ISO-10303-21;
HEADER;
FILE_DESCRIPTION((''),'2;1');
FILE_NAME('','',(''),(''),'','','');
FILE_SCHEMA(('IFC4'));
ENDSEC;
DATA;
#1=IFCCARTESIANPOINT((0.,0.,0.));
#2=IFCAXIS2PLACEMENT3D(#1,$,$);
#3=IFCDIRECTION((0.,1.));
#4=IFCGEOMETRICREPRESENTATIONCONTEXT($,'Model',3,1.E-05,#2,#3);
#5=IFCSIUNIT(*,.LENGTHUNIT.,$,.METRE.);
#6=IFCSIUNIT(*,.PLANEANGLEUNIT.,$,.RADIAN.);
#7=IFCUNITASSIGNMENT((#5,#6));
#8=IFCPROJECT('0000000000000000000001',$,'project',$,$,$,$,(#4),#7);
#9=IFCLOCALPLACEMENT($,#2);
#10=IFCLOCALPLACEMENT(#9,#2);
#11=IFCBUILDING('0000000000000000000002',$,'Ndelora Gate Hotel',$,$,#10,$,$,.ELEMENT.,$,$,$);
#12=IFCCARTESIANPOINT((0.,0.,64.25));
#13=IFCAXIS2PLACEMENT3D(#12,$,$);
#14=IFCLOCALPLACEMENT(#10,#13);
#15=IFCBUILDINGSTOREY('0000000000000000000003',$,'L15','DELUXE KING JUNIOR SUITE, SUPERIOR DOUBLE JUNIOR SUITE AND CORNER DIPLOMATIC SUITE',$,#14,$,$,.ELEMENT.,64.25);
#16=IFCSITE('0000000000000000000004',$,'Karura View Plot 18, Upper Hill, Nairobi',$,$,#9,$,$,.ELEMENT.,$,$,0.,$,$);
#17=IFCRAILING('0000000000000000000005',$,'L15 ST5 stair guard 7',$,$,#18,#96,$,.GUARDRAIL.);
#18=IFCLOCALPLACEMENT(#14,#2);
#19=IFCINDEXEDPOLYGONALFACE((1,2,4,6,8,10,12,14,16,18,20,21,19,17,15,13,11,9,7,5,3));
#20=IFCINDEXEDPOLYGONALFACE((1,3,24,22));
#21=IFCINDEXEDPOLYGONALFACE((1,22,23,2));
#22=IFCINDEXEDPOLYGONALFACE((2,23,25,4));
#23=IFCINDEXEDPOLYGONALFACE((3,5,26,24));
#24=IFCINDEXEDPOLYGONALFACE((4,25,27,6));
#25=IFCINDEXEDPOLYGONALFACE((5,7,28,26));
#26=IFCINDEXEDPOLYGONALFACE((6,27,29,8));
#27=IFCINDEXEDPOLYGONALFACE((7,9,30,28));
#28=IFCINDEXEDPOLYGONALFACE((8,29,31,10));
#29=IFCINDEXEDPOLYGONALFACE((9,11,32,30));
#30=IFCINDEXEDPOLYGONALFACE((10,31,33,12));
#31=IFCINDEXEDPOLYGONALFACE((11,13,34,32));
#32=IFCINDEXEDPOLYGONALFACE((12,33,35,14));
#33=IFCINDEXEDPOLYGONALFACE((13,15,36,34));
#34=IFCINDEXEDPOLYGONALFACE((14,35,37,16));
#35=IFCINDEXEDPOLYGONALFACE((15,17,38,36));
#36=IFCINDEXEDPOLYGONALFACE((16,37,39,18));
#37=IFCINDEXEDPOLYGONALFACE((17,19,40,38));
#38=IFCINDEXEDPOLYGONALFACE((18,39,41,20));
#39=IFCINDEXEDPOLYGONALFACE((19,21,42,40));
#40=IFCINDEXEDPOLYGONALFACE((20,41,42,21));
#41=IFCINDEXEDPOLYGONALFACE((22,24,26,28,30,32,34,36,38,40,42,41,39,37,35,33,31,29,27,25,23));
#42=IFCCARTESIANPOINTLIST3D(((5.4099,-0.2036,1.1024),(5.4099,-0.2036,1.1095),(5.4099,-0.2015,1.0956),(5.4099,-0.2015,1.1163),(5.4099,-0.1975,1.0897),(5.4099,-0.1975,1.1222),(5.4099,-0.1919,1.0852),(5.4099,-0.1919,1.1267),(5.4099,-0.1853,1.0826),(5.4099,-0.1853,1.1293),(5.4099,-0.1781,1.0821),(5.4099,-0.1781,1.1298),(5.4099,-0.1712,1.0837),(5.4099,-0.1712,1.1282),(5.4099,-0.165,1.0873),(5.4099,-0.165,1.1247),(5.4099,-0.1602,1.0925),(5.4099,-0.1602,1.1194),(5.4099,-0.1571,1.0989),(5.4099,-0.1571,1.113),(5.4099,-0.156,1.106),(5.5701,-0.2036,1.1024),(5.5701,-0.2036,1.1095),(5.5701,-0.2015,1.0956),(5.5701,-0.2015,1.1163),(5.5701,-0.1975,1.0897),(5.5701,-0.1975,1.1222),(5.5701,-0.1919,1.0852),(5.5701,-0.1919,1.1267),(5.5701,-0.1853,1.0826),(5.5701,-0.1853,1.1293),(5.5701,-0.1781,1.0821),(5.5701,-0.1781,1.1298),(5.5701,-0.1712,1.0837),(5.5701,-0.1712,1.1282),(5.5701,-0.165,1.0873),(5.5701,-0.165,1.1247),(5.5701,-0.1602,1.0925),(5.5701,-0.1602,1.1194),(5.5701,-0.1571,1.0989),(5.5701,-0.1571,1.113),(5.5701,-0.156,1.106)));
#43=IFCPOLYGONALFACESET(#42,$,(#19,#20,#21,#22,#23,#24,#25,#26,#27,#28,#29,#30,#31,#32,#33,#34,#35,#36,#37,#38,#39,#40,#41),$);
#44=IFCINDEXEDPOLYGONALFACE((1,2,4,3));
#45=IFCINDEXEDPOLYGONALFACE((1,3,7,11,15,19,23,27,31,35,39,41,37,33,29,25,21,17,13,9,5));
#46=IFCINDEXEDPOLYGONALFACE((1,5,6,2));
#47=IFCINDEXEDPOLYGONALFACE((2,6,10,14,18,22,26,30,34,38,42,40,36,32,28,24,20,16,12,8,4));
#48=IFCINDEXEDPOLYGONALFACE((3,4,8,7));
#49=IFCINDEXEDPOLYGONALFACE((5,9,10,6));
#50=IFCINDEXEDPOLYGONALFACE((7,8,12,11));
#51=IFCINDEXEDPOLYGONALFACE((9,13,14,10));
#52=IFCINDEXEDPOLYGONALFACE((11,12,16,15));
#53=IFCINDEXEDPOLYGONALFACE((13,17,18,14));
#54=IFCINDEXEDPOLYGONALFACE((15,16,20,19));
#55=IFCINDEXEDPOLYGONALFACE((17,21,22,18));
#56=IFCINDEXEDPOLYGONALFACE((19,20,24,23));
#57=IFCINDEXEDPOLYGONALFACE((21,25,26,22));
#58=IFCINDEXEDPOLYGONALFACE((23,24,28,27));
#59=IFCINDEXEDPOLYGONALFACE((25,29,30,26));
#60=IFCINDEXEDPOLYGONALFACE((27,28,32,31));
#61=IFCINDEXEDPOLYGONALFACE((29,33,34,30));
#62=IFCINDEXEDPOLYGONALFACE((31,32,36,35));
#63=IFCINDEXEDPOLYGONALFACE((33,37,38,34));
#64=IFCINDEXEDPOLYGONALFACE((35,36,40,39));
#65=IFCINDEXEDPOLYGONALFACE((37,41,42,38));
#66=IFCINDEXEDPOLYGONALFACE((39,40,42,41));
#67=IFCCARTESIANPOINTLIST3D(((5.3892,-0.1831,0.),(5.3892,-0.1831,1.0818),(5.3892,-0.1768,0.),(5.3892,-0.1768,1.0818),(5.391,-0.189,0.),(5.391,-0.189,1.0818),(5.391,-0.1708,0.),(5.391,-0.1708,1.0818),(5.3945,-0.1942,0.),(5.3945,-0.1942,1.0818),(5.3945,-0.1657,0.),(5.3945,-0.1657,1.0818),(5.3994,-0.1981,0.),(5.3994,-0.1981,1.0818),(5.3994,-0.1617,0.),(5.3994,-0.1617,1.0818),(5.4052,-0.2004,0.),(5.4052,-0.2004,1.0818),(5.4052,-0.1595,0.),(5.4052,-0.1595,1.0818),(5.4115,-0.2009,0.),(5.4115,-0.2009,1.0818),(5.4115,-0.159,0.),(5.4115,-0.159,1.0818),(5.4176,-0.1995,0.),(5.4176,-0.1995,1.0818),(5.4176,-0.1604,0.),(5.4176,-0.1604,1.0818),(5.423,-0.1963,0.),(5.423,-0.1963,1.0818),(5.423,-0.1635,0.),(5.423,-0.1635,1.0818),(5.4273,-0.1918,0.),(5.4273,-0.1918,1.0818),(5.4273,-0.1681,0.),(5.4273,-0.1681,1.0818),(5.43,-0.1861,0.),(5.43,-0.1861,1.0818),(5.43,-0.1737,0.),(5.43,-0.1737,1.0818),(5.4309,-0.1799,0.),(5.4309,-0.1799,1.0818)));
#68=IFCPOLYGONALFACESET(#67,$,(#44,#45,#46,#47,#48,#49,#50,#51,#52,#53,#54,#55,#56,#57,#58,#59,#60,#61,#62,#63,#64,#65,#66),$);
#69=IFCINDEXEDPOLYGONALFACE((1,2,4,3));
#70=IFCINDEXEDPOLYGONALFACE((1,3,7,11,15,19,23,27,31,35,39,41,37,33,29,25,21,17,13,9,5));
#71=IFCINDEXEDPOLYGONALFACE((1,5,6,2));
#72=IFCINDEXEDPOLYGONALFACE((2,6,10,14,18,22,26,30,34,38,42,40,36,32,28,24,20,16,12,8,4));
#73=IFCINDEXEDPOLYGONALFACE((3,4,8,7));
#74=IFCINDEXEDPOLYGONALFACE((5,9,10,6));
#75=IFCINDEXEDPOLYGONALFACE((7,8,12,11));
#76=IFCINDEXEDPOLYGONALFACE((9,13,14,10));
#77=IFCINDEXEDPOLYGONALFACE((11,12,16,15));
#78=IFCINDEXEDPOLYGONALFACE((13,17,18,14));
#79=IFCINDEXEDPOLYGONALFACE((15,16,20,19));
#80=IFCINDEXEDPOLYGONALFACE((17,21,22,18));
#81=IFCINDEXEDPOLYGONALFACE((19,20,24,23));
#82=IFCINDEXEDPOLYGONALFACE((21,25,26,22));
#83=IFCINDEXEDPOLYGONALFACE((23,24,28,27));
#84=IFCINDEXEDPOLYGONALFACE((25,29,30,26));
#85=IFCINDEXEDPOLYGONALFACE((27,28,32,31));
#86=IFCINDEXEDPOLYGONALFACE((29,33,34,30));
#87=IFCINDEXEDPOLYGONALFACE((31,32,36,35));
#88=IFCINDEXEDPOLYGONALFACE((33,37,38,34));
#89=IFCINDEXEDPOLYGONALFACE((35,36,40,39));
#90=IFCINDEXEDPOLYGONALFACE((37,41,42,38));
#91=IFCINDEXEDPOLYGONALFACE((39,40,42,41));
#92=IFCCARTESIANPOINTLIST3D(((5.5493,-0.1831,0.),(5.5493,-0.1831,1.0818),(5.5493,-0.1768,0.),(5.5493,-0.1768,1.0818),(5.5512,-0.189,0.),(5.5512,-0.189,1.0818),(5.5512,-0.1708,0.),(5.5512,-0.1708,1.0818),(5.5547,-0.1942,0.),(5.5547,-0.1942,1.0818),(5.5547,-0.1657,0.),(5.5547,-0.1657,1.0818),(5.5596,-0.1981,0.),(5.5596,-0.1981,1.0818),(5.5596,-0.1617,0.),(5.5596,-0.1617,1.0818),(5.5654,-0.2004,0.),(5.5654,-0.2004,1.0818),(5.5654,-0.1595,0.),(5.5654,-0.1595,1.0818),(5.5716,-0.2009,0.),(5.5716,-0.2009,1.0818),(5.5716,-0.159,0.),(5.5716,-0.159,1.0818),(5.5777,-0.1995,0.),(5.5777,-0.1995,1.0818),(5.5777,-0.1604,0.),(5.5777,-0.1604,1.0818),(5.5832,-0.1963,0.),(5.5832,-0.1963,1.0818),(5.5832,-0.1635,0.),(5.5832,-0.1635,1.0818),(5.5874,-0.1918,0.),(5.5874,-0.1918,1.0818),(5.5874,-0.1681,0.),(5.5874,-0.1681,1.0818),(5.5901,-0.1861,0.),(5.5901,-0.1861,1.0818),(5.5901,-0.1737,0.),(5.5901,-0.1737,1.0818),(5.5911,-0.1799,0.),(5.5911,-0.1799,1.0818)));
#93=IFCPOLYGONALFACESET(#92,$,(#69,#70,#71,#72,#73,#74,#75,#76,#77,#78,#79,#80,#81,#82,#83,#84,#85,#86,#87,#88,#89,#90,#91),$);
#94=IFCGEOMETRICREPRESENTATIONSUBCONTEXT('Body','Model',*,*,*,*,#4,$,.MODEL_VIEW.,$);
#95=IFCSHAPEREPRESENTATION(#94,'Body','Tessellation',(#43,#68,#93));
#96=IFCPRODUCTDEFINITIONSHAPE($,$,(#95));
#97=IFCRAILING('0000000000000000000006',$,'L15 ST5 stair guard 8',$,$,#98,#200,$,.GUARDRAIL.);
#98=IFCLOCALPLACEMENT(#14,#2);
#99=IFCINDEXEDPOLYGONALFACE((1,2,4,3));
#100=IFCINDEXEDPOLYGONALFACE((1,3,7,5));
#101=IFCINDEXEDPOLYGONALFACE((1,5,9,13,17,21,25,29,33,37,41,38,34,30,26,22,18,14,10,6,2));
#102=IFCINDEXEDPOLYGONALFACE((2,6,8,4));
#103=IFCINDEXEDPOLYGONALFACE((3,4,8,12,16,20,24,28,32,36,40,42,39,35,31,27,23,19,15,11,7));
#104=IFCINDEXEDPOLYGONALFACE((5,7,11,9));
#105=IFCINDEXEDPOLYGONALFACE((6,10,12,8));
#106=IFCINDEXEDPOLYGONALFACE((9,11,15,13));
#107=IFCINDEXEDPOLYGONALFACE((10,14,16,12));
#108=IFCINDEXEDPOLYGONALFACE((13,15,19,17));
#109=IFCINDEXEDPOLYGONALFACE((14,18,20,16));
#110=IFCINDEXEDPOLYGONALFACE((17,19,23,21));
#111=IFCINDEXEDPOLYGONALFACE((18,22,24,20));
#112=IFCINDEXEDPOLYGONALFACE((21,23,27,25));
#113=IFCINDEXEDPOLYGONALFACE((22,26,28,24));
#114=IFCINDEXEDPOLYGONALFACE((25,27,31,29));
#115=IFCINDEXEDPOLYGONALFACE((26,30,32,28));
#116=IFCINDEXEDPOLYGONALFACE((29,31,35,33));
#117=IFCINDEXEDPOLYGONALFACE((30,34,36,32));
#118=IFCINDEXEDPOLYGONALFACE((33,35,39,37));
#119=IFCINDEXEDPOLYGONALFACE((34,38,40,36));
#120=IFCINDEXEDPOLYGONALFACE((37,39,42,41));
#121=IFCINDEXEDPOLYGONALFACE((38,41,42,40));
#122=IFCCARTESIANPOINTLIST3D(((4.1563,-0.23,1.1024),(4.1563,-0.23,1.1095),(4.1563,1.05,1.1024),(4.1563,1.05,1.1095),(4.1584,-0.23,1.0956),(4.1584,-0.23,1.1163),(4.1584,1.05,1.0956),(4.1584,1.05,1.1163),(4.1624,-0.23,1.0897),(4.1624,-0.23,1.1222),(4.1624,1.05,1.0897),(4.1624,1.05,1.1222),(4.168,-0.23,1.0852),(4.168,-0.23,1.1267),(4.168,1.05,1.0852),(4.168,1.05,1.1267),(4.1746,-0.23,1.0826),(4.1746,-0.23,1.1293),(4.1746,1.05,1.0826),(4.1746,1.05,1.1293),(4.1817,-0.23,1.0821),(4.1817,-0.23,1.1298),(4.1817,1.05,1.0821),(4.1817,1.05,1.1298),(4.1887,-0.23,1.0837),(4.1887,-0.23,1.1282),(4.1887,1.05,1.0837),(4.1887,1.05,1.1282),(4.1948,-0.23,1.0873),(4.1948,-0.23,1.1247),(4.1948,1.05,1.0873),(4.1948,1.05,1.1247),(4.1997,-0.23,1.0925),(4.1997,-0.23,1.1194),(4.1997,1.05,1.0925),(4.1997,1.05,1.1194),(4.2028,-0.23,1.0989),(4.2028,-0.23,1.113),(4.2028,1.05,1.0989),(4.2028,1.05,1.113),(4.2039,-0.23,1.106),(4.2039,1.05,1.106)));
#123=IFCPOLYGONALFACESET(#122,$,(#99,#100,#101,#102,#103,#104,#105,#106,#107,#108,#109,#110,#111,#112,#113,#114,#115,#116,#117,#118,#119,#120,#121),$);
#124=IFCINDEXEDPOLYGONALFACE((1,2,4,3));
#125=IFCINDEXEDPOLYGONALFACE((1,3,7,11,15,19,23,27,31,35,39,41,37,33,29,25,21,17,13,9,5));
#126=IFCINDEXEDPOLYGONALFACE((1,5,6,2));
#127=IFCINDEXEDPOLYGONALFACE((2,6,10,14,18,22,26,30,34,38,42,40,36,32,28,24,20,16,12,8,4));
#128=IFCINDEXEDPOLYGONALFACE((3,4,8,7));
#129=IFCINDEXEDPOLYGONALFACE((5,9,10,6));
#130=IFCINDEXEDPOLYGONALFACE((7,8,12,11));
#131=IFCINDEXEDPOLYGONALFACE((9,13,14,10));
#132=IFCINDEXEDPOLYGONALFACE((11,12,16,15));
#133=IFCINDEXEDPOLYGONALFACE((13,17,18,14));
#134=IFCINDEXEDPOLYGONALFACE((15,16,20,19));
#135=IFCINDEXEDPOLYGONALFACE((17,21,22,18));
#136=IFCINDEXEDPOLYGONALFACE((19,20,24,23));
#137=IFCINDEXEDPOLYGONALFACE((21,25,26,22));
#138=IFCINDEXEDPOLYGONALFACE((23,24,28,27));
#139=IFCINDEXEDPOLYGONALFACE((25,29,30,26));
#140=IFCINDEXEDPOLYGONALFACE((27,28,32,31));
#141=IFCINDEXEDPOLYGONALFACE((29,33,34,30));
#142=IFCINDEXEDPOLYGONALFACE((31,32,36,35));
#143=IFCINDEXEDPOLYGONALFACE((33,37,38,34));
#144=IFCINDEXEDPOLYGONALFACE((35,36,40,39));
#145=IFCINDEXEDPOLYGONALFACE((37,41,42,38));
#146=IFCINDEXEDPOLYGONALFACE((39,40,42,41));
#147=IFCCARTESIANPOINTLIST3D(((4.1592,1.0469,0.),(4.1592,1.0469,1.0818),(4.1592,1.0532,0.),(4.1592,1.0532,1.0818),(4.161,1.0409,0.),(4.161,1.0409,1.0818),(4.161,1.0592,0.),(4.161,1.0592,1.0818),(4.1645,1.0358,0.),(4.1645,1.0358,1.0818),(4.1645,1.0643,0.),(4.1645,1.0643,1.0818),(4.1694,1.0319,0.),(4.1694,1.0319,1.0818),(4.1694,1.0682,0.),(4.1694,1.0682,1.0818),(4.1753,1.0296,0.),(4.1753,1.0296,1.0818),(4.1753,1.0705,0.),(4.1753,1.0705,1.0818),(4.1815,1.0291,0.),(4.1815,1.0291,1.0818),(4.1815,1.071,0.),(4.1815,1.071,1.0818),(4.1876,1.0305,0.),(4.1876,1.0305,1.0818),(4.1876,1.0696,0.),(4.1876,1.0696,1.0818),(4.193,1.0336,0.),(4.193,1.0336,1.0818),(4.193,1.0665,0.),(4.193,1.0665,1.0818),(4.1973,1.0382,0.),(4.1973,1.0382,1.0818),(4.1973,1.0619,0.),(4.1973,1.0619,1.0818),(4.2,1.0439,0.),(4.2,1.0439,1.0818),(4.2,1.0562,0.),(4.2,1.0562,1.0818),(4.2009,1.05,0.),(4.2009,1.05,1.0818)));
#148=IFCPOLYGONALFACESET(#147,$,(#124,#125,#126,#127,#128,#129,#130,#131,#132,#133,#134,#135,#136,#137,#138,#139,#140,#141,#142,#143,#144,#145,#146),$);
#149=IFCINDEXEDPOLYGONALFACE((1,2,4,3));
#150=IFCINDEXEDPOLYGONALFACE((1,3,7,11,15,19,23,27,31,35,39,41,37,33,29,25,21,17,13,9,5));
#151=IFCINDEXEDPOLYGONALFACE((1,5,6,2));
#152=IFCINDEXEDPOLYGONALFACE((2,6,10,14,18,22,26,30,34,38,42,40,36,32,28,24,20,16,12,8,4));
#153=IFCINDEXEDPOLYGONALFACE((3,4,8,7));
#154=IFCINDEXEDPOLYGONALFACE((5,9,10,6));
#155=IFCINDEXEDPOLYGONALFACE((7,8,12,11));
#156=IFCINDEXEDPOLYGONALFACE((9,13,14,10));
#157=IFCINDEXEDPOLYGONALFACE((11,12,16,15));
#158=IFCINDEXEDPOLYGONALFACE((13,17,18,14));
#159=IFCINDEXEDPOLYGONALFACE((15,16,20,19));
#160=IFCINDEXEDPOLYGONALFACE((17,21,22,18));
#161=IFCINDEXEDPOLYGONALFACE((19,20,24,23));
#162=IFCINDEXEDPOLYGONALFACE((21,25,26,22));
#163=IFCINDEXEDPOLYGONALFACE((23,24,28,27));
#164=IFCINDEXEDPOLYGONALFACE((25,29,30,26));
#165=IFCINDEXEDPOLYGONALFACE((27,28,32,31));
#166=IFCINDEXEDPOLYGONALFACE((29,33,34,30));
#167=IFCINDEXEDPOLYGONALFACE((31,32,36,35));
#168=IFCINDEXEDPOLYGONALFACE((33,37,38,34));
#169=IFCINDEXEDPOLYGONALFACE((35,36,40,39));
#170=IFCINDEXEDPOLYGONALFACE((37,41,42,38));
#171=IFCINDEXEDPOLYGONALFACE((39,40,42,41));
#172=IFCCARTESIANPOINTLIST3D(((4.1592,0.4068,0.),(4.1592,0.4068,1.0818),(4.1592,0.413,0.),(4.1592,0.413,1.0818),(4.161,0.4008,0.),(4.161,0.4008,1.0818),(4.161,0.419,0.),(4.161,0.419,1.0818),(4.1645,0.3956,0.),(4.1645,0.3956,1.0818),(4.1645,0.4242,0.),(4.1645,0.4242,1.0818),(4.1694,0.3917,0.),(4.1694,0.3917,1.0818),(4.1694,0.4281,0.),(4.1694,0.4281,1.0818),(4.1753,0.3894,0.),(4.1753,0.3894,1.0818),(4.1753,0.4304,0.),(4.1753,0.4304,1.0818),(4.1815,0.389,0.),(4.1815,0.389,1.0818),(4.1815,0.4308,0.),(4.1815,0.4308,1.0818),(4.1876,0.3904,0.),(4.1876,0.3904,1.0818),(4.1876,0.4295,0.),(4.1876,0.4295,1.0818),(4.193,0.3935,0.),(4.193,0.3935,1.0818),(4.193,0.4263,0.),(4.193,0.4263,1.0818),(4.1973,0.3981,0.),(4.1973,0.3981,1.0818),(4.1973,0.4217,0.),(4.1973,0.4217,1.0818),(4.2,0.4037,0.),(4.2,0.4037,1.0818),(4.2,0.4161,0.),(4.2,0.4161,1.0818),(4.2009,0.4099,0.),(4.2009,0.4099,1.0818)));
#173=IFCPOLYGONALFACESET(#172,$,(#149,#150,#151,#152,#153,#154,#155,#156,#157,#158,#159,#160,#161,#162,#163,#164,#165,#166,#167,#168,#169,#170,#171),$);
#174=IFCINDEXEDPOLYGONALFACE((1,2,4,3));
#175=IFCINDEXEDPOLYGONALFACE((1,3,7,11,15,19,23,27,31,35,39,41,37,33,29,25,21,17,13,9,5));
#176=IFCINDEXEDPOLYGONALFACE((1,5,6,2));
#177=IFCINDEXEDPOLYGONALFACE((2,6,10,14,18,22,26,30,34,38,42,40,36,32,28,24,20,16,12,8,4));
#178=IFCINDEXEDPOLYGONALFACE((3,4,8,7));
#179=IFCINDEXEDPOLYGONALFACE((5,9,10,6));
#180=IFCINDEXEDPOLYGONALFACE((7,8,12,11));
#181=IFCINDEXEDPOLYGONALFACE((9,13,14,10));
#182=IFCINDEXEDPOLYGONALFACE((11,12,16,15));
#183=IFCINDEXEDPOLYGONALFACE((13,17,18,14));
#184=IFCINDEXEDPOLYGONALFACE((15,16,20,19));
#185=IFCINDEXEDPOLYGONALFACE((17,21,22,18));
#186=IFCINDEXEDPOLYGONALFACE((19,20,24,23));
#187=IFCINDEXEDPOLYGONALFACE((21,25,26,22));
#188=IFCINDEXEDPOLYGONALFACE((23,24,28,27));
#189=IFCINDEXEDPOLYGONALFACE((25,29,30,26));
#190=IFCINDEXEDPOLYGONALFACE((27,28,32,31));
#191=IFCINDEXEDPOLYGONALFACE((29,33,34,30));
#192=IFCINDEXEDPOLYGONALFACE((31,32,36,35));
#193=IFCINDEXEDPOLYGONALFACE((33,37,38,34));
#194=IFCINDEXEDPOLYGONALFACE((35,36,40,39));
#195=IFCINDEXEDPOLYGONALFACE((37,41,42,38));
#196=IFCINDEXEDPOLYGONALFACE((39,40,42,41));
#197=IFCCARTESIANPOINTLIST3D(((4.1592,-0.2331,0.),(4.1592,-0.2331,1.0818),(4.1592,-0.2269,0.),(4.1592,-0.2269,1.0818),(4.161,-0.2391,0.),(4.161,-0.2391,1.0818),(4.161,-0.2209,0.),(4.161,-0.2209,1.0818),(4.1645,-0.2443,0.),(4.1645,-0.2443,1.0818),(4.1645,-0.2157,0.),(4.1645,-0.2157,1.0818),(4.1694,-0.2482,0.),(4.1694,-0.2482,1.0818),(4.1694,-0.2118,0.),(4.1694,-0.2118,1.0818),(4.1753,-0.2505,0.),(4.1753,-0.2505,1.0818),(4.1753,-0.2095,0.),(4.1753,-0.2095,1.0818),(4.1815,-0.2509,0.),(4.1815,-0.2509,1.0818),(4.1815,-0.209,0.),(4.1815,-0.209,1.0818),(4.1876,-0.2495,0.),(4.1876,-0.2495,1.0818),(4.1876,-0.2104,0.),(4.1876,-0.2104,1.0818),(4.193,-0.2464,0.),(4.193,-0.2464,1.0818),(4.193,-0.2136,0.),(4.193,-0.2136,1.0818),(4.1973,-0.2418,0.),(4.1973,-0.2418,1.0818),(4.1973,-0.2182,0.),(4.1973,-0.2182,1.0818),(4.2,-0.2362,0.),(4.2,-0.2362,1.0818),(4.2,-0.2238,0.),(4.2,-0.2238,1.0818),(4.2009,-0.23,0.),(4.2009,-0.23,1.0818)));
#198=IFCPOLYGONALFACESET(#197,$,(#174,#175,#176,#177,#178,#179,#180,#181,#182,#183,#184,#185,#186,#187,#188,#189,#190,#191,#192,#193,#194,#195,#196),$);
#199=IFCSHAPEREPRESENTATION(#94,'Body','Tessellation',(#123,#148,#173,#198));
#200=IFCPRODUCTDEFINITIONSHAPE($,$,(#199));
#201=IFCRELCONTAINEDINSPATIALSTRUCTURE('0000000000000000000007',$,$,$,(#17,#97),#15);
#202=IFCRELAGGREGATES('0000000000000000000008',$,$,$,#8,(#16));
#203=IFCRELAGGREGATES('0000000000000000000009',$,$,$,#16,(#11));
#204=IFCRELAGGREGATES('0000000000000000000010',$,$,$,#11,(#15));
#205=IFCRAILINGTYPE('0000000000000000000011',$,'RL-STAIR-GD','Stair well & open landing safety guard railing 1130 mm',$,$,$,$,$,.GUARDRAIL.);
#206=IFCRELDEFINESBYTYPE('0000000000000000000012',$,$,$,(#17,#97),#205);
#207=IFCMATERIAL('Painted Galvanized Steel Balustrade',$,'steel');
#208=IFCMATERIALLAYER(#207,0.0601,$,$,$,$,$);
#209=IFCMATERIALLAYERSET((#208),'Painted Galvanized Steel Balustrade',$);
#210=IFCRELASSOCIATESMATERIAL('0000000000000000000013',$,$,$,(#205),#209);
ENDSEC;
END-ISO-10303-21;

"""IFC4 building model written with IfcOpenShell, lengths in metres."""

from ifc_helpers import new_model, si_unit, direction, frame, origin, origin_2d, place, context, subcontext, project, spatial, circle, extrude, material, layer, layer_set, type_object, element, save


model = new_model("IFC4")

# Units and contexts
model_context = context("Model", 3, precision=1e-05, world=origin(), true_north=direction((0.0, 1.0)))
body_context = subcontext(model_context, "Body", "Model", "MODEL_VIEW")
ifc_project = project(units=[si_unit("LENGTHUNIT", "METRE"), si_unit("PLANEANGLEUNIT", "RADIAN")], contexts=[model_context])

# Site, building, storey
site_placement = place(None, origin())
site = spatial("IfcSite", under=ifc_project, at=site_placement, Name="Karura View Plot 18, Upper Hill, Nairobi", CompositionType="ELEMENT", RefElevation=0.0)
building_placement = place(site_placement, origin())
building = spatial("IfcBuilding", under=site, at=building_placement, Name="Ndelora Gate Hotel", CompositionType="ELEMENT")
storey_placement = place(building_placement, frame((0.0, 0.0, 64.25)))
storey = spatial("IfcBuildingStorey", under=building, at=storey_placement, Name="L15", Description="DELUXE KING JUNIOR SUITE, SUPERIOR DOUBLE JUNIOR SUITE AND CORNER DIPLOMATIC SUITE", CompositionType="ELEMENT", Elevation=64.25)

# Railings
ifc_material_1 = material(Name="Painted Galvanized Steel Balustrade", Category="steel")
ifc_layer_1 = layer(ifc_material_1, 0.0601)
ifc_layer_set_1 = layer_set([ifc_layer_1], Name="Painted Galvanized Steel Balustrade")
railing_type_1 = type_object("IfcRailingType", Name="RL-STAIR-GD", Description="Stair well & open landing safety guard railing 1130 mm", PredefinedType="GUARDRAIL", material=ifc_layer_set_1)
railing_1_placement = place(storey_placement, frame((5.4099, -0.1799, 0.0)))
element("IfcRailing", 1, at=railing_1_placement, inside=storey, type_object=railing_type_1, Name="L15 ST5 stair guard 7", PredefinedType="GUARDRAIL", context=body_context, shape_type="SweptSolid", body=[
    extrude(circle(Radius=0.0239, at=origin_2d()), frame((0.0, 0.0, 1.106), z_axis=(1.0, 0.0, 0.0), x_axis=(0.0, 1.0, 0.0)), (0.0, 0.0, 1.0), 0.1602),
    extrude(circle(Radius=0.021, at=origin_2d()), origin(), (0.0, 0.0, 1.0), 1.0818),
    extrude(circle(Radius=0.021, at=origin_2d()), frame((0.1602, 0.0, 0.0)), (0.0, 0.0, 1.0), 1.0818),
])
railing_2_placement = place(storey_placement, frame((4.1799, 1.05, 0.0)))
element("IfcRailing", 2, at=railing_2_placement, inside=storey, type_object=railing_type_1, Name="L15 ST5 stair guard 8", PredefinedType="GUARDRAIL", context=body_context, shape_type="SweptSolid", body=[
    extrude(circle(Radius=0.0239, at=origin_2d()), frame((0.0, 0.0, 1.106), z_axis=(0.0, -1.0, 0.0), x_axis=(1.0, 0.0, 0.0)), (0.0, 0.0, 1.0), 1.28),
    extrude(circle(Radius=0.021, at=origin_2d()), origin(), (0.0, 0.0, 1.0), 1.0818),
    extrude(circle(Radius=0.021, at=origin_2d()), frame((0.0, -0.6401, 0.0)), (0.0, 0.0, 1.0), 1.0818),
    extrude(circle(Radius=0.021, at=origin_2d()), frame((0.0, -1.28, 0.0)), (0.0, 0.0, 1.0), 1.0818),
])

save(model, "model.ifc")
